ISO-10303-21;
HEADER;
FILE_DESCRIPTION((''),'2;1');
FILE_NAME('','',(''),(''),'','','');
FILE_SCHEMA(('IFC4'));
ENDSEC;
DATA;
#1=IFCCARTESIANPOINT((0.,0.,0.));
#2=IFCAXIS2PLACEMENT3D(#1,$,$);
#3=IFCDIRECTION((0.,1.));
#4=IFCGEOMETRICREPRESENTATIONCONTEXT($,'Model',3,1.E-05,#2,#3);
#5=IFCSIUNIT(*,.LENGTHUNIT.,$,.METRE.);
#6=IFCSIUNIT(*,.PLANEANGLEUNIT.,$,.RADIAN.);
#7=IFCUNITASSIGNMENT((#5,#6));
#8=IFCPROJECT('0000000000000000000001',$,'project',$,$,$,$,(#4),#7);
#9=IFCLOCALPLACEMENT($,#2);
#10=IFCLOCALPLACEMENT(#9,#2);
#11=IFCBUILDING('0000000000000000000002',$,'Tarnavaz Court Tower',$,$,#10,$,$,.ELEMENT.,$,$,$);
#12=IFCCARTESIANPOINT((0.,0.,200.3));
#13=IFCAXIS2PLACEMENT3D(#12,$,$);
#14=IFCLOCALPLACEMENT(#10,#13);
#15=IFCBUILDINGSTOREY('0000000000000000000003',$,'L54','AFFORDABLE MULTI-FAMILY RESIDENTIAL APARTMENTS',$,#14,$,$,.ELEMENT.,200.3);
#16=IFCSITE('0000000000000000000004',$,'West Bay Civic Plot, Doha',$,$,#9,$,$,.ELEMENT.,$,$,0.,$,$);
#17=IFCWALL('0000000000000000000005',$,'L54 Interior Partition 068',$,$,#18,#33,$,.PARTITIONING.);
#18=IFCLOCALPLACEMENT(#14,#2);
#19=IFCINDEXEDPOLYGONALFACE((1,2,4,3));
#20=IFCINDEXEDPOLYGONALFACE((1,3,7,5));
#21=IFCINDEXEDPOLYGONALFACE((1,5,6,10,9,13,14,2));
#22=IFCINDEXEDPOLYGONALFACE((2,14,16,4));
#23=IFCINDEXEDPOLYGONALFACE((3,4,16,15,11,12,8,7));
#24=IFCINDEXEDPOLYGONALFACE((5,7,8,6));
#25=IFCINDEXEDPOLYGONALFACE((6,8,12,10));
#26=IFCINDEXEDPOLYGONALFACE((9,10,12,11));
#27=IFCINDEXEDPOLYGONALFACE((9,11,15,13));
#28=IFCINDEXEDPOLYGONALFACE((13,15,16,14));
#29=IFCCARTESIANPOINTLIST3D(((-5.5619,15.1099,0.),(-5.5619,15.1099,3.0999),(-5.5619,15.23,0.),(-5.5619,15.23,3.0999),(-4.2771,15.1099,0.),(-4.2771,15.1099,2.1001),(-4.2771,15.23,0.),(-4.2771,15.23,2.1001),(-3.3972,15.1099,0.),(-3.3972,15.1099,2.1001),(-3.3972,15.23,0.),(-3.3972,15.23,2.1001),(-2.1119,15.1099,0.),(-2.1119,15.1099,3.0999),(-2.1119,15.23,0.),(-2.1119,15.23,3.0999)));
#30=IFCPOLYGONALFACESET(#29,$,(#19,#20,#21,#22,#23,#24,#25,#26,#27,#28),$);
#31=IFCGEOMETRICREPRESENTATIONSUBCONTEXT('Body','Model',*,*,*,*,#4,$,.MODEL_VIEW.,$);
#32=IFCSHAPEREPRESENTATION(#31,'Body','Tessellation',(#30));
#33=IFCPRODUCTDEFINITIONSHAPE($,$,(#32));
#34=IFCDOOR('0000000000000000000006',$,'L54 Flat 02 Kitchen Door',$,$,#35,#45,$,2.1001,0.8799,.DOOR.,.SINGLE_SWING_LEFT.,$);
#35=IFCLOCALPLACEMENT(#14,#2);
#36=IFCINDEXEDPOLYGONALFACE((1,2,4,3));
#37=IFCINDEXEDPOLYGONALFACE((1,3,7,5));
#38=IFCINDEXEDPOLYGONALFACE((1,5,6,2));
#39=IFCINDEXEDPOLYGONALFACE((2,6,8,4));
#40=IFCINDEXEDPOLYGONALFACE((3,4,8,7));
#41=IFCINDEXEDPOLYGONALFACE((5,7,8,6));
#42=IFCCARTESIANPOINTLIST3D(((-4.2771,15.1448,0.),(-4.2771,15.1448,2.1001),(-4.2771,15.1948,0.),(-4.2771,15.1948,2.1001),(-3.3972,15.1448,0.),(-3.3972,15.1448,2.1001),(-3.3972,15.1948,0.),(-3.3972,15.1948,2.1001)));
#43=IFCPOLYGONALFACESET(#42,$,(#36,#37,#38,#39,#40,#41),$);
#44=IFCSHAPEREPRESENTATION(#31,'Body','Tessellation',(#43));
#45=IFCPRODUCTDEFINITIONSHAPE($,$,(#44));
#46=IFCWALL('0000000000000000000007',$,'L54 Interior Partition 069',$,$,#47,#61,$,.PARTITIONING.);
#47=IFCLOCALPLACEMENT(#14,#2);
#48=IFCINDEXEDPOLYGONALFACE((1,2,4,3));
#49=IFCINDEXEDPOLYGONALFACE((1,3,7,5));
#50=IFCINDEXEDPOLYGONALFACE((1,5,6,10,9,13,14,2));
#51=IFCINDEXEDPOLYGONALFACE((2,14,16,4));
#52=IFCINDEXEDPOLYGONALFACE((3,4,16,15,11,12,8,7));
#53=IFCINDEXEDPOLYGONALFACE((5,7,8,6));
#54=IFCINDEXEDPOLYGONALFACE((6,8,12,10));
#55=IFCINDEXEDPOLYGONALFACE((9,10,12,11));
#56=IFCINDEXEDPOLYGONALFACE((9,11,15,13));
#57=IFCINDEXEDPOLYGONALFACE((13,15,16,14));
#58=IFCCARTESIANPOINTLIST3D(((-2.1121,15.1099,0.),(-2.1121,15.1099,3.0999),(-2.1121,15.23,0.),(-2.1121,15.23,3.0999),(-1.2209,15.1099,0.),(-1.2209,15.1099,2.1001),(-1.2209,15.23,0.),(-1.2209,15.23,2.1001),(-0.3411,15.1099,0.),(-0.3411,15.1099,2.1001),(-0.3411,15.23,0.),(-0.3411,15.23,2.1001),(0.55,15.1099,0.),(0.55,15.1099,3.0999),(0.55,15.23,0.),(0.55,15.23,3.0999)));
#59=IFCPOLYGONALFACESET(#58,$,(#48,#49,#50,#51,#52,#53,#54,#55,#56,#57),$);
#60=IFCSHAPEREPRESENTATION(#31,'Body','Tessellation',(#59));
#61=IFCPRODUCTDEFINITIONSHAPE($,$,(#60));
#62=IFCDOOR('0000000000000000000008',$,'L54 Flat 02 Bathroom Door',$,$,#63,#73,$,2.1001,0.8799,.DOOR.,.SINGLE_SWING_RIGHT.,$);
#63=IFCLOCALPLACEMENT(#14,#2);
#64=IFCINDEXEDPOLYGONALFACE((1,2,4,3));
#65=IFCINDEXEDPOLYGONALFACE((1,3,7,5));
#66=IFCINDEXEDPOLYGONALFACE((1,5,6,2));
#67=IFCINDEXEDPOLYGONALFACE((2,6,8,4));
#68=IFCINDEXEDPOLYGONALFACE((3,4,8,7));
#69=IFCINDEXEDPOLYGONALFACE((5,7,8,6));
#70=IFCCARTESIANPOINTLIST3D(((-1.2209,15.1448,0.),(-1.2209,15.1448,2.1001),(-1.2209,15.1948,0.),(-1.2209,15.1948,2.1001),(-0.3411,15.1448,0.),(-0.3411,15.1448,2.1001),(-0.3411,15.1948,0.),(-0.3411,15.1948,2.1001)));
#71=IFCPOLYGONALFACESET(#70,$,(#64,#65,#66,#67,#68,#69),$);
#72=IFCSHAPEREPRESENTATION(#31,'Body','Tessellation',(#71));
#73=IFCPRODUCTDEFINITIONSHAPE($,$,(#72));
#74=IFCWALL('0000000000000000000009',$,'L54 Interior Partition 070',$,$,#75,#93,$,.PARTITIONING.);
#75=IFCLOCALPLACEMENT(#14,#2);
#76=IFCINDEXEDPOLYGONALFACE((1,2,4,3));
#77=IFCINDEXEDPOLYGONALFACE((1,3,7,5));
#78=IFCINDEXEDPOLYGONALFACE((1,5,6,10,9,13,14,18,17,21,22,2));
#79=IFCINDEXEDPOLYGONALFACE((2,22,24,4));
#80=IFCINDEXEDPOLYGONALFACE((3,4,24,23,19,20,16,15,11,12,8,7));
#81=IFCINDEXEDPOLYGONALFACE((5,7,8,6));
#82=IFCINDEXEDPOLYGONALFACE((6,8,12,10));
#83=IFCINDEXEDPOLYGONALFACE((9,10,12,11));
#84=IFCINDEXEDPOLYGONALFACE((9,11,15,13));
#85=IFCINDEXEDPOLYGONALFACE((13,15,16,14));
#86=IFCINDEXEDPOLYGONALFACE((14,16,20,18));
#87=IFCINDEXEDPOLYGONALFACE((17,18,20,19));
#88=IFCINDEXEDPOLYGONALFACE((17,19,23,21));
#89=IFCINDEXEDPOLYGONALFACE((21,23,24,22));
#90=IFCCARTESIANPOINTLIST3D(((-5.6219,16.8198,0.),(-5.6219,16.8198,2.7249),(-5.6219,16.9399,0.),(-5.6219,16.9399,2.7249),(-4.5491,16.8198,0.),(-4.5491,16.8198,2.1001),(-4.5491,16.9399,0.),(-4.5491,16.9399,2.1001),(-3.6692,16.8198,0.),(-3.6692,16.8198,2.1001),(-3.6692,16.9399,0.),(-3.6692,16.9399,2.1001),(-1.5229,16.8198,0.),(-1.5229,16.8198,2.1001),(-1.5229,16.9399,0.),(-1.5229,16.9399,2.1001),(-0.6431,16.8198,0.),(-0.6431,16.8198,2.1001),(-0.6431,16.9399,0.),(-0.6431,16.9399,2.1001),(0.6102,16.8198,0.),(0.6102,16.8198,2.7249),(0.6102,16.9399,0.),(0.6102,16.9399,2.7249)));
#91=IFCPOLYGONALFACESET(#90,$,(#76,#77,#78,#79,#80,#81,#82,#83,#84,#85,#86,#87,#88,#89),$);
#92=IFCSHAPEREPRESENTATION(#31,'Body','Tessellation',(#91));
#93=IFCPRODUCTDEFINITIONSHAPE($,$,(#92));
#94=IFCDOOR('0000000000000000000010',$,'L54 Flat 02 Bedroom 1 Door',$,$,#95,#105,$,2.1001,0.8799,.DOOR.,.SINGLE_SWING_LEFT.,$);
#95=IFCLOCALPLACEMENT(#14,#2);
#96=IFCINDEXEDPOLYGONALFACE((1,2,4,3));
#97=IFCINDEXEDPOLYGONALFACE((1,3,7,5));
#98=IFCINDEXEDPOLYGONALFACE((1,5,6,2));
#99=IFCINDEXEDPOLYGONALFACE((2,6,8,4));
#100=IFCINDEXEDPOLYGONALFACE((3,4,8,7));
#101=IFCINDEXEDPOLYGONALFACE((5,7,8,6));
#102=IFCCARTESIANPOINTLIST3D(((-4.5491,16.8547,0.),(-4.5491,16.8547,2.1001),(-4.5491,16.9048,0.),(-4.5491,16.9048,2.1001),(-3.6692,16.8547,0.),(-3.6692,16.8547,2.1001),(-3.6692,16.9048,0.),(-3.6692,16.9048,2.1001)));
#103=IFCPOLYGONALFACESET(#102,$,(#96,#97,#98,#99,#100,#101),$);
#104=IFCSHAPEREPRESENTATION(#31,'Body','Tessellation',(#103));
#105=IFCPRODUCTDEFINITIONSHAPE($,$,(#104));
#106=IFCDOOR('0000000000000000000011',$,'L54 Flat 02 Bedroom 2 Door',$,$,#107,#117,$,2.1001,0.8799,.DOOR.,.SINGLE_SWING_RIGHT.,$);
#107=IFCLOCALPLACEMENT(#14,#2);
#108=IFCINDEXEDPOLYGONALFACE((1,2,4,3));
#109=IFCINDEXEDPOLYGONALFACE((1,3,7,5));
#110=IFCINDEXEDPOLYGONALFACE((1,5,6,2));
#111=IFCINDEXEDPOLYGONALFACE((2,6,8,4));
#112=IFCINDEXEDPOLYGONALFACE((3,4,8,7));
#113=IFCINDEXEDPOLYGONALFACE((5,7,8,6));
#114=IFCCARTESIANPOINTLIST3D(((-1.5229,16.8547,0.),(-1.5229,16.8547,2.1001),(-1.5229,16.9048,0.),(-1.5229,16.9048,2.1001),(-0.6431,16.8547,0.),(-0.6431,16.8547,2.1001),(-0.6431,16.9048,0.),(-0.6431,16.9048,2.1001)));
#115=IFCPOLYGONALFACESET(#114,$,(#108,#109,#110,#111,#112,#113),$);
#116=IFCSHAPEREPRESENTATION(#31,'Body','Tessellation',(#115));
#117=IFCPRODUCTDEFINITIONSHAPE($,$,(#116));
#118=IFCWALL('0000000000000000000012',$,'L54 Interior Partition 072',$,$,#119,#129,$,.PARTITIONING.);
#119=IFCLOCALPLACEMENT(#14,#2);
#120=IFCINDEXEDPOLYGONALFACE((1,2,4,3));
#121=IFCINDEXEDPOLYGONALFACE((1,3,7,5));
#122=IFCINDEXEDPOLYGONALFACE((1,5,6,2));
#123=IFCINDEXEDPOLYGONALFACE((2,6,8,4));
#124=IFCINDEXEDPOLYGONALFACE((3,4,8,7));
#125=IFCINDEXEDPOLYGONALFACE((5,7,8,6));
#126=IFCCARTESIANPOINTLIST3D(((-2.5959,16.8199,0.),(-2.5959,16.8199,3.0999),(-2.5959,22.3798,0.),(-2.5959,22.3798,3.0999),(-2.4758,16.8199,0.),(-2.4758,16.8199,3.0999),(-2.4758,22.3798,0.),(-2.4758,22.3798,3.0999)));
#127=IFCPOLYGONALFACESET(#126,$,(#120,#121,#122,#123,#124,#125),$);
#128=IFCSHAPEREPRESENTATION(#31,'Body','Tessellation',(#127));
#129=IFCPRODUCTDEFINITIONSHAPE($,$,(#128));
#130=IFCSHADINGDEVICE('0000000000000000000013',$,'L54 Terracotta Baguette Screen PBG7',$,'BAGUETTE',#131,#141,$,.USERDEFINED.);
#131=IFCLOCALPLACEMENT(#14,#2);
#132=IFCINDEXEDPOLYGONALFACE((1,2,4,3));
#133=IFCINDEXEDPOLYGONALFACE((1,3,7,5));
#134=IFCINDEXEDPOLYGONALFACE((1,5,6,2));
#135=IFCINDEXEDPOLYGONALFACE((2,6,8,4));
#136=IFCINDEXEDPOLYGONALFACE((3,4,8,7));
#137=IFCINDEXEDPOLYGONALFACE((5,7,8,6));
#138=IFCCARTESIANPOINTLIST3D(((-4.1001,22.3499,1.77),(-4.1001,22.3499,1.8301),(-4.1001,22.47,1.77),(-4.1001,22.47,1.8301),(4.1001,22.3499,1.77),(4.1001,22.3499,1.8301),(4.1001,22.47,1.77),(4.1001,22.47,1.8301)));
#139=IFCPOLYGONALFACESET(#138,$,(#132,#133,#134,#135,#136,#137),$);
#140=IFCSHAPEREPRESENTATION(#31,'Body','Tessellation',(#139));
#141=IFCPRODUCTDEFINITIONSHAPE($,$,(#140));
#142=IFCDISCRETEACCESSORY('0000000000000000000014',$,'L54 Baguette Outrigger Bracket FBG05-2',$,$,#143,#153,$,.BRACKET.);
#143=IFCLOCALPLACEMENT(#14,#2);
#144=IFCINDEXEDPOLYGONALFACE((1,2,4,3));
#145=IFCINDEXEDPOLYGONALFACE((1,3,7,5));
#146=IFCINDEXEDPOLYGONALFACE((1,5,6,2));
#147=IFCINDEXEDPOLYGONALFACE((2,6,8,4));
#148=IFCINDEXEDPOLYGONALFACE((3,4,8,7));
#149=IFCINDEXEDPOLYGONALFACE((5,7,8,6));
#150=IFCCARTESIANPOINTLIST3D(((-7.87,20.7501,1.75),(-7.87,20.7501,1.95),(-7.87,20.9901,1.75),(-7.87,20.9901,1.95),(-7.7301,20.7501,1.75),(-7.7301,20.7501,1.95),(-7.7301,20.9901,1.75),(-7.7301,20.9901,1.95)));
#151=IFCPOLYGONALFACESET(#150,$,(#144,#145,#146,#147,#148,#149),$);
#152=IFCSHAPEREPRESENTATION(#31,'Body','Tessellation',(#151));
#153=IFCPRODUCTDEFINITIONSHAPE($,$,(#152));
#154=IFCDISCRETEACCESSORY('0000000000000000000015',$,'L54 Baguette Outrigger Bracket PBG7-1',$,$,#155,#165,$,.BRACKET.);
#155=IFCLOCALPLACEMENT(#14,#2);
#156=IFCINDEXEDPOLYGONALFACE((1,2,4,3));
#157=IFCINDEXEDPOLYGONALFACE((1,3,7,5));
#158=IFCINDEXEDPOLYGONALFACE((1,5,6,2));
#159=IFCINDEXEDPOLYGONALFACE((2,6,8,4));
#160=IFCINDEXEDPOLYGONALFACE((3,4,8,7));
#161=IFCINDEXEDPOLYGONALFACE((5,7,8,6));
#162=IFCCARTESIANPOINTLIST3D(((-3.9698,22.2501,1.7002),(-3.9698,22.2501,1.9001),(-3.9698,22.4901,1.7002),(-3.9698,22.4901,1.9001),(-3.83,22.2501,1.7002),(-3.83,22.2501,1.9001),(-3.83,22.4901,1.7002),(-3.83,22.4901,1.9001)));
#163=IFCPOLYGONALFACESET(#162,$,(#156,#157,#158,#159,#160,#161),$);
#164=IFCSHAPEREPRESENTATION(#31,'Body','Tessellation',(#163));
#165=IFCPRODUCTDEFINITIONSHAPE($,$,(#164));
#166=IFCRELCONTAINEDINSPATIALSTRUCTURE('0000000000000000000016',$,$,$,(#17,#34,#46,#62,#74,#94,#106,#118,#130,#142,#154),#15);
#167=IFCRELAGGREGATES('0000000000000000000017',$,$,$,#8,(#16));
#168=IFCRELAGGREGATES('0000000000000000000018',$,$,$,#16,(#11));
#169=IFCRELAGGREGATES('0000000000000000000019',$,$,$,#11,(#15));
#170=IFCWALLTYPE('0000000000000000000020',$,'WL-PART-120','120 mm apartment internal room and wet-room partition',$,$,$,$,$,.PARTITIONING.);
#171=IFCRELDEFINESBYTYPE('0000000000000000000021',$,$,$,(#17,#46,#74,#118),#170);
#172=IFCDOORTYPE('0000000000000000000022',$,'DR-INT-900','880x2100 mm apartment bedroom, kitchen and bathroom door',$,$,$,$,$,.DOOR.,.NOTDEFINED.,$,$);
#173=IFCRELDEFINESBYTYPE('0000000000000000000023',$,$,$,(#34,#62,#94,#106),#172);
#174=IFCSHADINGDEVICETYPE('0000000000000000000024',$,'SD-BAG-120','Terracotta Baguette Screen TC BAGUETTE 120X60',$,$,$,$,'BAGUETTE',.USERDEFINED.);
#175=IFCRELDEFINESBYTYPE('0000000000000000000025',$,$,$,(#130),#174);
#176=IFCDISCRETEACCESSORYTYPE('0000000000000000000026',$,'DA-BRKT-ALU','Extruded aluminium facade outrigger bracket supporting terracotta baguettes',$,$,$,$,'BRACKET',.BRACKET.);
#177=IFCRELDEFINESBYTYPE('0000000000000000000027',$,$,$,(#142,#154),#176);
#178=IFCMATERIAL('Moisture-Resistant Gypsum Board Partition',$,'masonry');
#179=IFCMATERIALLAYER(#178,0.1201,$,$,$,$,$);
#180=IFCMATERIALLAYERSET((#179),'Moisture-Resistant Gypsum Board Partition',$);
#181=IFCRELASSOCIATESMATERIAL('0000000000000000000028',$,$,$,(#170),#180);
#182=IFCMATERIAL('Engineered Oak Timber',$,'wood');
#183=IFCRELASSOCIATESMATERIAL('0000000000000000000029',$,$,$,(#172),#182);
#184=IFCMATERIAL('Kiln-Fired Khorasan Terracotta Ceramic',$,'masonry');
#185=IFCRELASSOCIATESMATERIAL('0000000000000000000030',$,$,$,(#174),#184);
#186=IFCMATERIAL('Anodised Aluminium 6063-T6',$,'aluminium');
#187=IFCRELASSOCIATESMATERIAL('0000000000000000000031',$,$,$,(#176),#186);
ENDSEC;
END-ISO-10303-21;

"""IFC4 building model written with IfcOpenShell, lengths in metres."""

from ifc_helpers import new_model, si_unit, direction, frame, frame_2d, origin, origin_2d, place, context, subcontext, project, spatial, rectangle, extrude, material, layer, layer_set, material_profile, profile_set, type_object, element, fill, save


model = new_model("IFC4")

# Units and contexts
model_context = context("Model", 3, precision=1e-05, world=origin(), true_north=direction((0.0, 1.0)))
body_context = subcontext(model_context, "Body", "Model", "MODEL_VIEW")
ifc_project = project(units=[si_unit("LENGTHUNIT", "METRE"), si_unit("PLANEANGLEUNIT", "RADIAN")], contexts=[model_context])

# Site, building, storey
site_placement = place(None, origin())
site = spatial("IfcSite", under=ifc_project, at=site_placement, Name="West Bay Civic Plot, Doha", CompositionType="ELEMENT", RefElevation=0.0)
building_placement = place(site_placement, origin())
building = spatial("IfcBuilding", under=site, at=building_placement, Name="Tarnavaz Court Tower", CompositionType="ELEMENT")
storey_placement = place(building_placement, frame((0.0, 0.0, 200.3)))
storey = spatial("IfcBuildingStorey", under=building, at=storey_placement, Name="L54", Description="AFFORDABLE MULTI-FAMILY RESIDENTIAL APARTMENTS", CompositionType="ELEMENT", Elevation=200.3)

# Shared definitions
ifc_material_1 = material(Name="Anodised Aluminium 6063-T6", Category="aluminium")

# Walls, openings, doors
ifc_material_2 = material(Name="Moisture-Resistant Gypsum Board Partition", Category="masonry")
ifc_layer_1 = layer(ifc_material_2, 0.1201)
ifc_layer_set_1 = layer_set([ifc_layer_1], Name="Moisture-Resistant Gypsum Board Partition")
wall_type_1 = type_object("IfcWallType", Name="WL-PART-120", Description="120 mm apartment internal room and wet-room partition", PredefinedType="PARTITIONING", material=ifc_layer_set_1)
wall_1_placement = place(storey_placement, frame((-5.562, 15.1699, 0.0), z_axis=(0.0, 0.0, 1.0), x_axis=(1.0, 0.0, 0.0)))
wall_1 = element("IfcWall", 1, at=wall_1_placement, inside=storey, type_object=wall_type_1, Name="L54 Interior Partition 068", PredefinedType="PARTITIONING", context=body_context, shape_type="SweptSolid", body=[
    extrude(rectangle(XDim=3.45, YDim=0.1201, at=frame_2d((1.7251, 0.0))), origin(), (0.0, 0.0, 1.0), 3.0999),
])
opening_1_placement = place(wall_1_placement, frame((1.2849, 0.0, 0.0)))
opening_1 = element("IfcOpeningElement", 2, at=opening_1_placement, cuts=wall_1, PredefinedType="OPENING", context=body_context, shape_type="SweptSolid", body=[
    extrude(rectangle(XDim=0.8799, YDim=2.1001, at=frame_2d((0.4399, 1.05))), frame((0.0, 0.0701, 0.0), z_axis=(0.0, -1.0, 0.0), x_axis=(1.0, 0.0, 0.0)), (0.0, 0.0, 1.0), 0.1401),
])
ifc_material_3 = material(Name="Engineered Oak Timber", Category="wood")
door_type = type_object("IfcDoorType", Name="DR-INT-900", Description="880x2100 mm apartment bedroom, kitchen and bathroom door", OperationType="NOTDEFINED", PredefinedType="DOOR", material=ifc_material_3)
door_1_placement = place(opening_1_placement, origin())
door_1 = element("IfcDoor", 3, at=door_1_placement, inside=storey, type_object=door_type, Name="L54 Flat 02 Kitchen Door", OperationType="SINGLE_SWING_LEFT", OverallHeight=2.1001, OverallWidth=0.8799, PredefinedType="DOOR", context=body_context, shape_type="SweptSolid", body=[
    extrude(rectangle(XDim=0.8799, YDim=2.1001, at=frame_2d((0.4399, 1.05))), frame((0.0, 0.0249, 0.0), z_axis=(0.0, -1.0, 0.0), x_axis=(1.0, 0.0, 0.0)), (0.0, 0.0, 1.0), 0.05),
])
fill(opening_1, door_1)
wall_2_placement = place(storey_placement, frame((-2.1121, 15.1699, 0.0), z_axis=(0.0, 0.0, 1.0), x_axis=(1.0, 0.0, 0.0)))
wall_2 = element("IfcWall", 4, at=wall_2_placement, inside=storey, type_object=wall_type_1, Name="L54 Interior Partition 069", PredefinedType="PARTITIONING", context=body_context, shape_type="SweptSolid", body=[
    extrude(rectangle(XDim=2.6621, YDim=0.1201, at=frame_2d((1.3311, 0.0))), origin(), (0.0, 0.0, 1.0), 3.0999),
])
opening_2_placement = place(wall_2_placement, frame((0.8911, 0.0, 0.0)))
opening_2 = element("IfcOpeningElement", 5, at=opening_2_placement, cuts=wall_2, PredefinedType="OPENING", context=body_context, shape_type="SweptSolid", body=[
    extrude(rectangle(XDim=0.8799, YDim=2.1001, at=frame_2d((0.4399, 1.05))), frame((0.0, 0.0701, 0.0), z_axis=(0.0, -1.0, 0.0), x_axis=(1.0, 0.0, 0.0)), (0.0, 0.0, 1.0), 0.1401),
])
door_2_placement = place(opening_2_placement, origin())
door_2 = element("IfcDoor", 6, at=door_2_placement, inside=storey, type_object=door_type, Name="L54 Flat 02 Bathroom Door", OperationType="SINGLE_SWING_RIGHT", OverallHeight=2.1001, OverallWidth=0.8799, PredefinedType="DOOR", context=body_context, shape_type="SweptSolid", body=[
    extrude(rectangle(XDim=0.8799, YDim=2.1001, at=frame_2d((0.4399, 1.05))), frame((0.0, 0.0249, 0.0), z_axis=(0.0, -1.0, 0.0), x_axis=(1.0, 0.0, 0.0)), (0.0, 0.0, 1.0), 0.05),
])
fill(opening_2, door_2)

# Wall, openings, doors
wall_3_placement = place(storey_placement, frame((-5.6221, 16.8799, 0.0), z_axis=(0.0, 0.0, 1.0), x_axis=(1.0, 0.0, 0.0)))
wall_3 = element("IfcWall", 7, at=wall_3_placement, inside=storey, type_object=wall_type_1, Name="L54 Interior Partition 070", PredefinedType="PARTITIONING", context=body_context, shape_type="SweptSolid", body=[
    extrude(rectangle(XDim=6.2322, YDim=0.1201, at=frame_2d((3.1162, 0.0))), origin(), (0.0, 0.0, 1.0), 2.7249),
])
opening_3_placement = place(wall_3_placement, frame((1.073, 0.0, 0.0)))
opening_3 = element("IfcOpeningElement", 8, at=opening_3_placement, cuts=wall_3, PredefinedType="OPENING", context=body_context, shape_type="SweptSolid", body=[
    extrude(rectangle(XDim=0.8799, YDim=2.1001, at=frame_2d((0.4399, 1.05))), frame((0.0, 0.0701, 0.0), z_axis=(0.0, -1.0, 0.0), x_axis=(1.0, 0.0, 0.0)), (0.0, 0.0, 1.0), 0.1401),
])
opening_4_placement = place(wall_3_placement, frame((4.0991, 0.0, 0.0)))
opening_4 = element("IfcOpeningElement", 9, at=opening_4_placement, cuts=wall_3, PredefinedType="OPENING", context=body_context, shape_type="SweptSolid", body=[
    extrude(rectangle(XDim=0.8799, YDim=2.1001, at=frame_2d((0.4399, 1.05))), frame((0.0, 0.0701, 0.0), z_axis=(0.0, -1.0, 0.0), x_axis=(1.0, 0.0, 0.0)), (0.0, 0.0, 1.0), 0.1401),
])
door_3_placement = place(opening_3_placement, origin())
door_3 = element("IfcDoor", 10, at=door_3_placement, inside=storey, type_object=door_type, Name="L54 Flat 02 Bedroom 1 Door", OperationType="SINGLE_SWING_LEFT", OverallHeight=2.1001, OverallWidth=0.8799, PredefinedType="DOOR", context=body_context, shape_type="SweptSolid", body=[
    extrude(rectangle(XDim=0.8799, YDim=2.1001, at=frame_2d((0.4399, 1.05))), frame((0.0, 0.0249, 0.0), z_axis=(0.0, -1.0, 0.0), x_axis=(1.0, 0.0, 0.0)), (0.0, 0.0, 1.0), 0.05),
])
fill(opening_3, door_3)
door_4_placement = place(opening_4_placement, origin())
door_4 = element("IfcDoor", 11, at=door_4_placement, inside=storey, type_object=door_type, Name="L54 Flat 02 Bedroom 2 Door", OperationType="SINGLE_SWING_RIGHT", OverallHeight=2.1001, OverallWidth=0.8799, PredefinedType="DOOR", context=body_context, shape_type="SweptSolid", body=[
    extrude(rectangle(XDim=0.8799, YDim=2.1001, at=frame_2d((0.4399, 1.05))), frame((0.0, 0.0249, 0.0), z_axis=(0.0, -1.0, 0.0), x_axis=(1.0, 0.0, 0.0)), (0.0, 0.0, 1.0), 0.05),
])
fill(opening_4, door_4)

# Wall
wall_4_placement = place(storey_placement, frame((-2.5359, 16.8201, 0.0), z_axis=(0.0, 0.0, 1.0), x_axis=(0.0, 1.0, 0.0)))
element("IfcWall", 12, at=wall_4_placement, inside=storey, type_object=wall_type_1, Name="L54 Interior Partition 072", PredefinedType="PARTITIONING", context=body_context, shape_type="SweptSolid", body=[
    extrude(rectangle(XDim=5.5598, YDim=0.1201, at=frame_2d((2.7798, 0.0))), origin(), (0.0, 0.0, 1.0), 3.0999),
])

# Shading device
ifc_material_4 = material(Name="Kiln-Fired Khorasan Terracotta Ceramic", Category="masonry")
ifc_material_profile_1 = material_profile(ifc_material_4, rectangle(XDim=0.1201, YDim=0.0601, at=origin_2d()), Name="TC BAGUETTE 120X60")
ifc_profile_set_1 = profile_set([ifc_material_profile_1], Name="Kiln-Fired Khorasan Terracotta Ceramic")
shading_device_type = type_object("IfcShadingDeviceType", Name="SD-BAG-120", Description="Terracotta Baguette Screen TC BAGUETTE 120X60", ElementType="BAGUETTE", PredefinedType="USERDEFINED", material=ifc_profile_set_1)
shading_device_placement = place(storey_placement, frame((-4.1001, 22.4099, 1.8), z_axis=(1.0, 0.0, 0.0), x_axis=(0.0, 1.0, 0.0)))
element("IfcShadingDevice", 13, at=shading_device_placement, inside=storey, type_object=shading_device_type, Name="L54 Terracotta Baguette Screen PBG7", ObjectType="BAGUETTE", PredefinedType="USERDEFINED", context=body_context, shape_type="SweptSolid", body=[
    extrude(rectangle(XDim=0.1201, YDim=0.0601, at=origin_2d()), origin(), (0.0, 0.0, 1.0), 8.2002),
])

# Discrete accessories
discrete_accessory_type = type_object("IfcDiscreteAccessoryType", Name="DA-BRKT-ALU", Description="Extruded aluminium facade outrigger bracket supporting terracotta baguettes", ElementType="BRACKET", PredefinedType="BRACKET", material=ifc_material_1)
for number, where, z_axis, x_axis, name in (
    (14, (-7.8, 20.8701, 1.75), (0.0, 0.0, 1.0), (1.0, 0.0, 0.0), "L54 Baguette Outrigger Bracket FBG05-2"),
    (15, (-3.8999, 22.3701, 1.7002), (0.0, 0.0, 1.0), (1.0, 0.0, 0.0), "L54 Baguette Outrigger Bracket PBG7-1"),
):
    element("IfcDiscreteAccessory", number, at=place(storey_placement, frame(where, z_axis=z_axis, x_axis=x_axis)), inside=storey, type_object=discrete_accessory_type, Name=name, PredefinedType="BRACKET", context=body_context, shape_type="SweptSolid", body=[
        extrude(rectangle(XDim=0.1399, YDim=0.24, at=origin_2d()), origin(), (0.0, 0.0, 1.0), 0.2),
    ])

save(model, "model.ifc")
